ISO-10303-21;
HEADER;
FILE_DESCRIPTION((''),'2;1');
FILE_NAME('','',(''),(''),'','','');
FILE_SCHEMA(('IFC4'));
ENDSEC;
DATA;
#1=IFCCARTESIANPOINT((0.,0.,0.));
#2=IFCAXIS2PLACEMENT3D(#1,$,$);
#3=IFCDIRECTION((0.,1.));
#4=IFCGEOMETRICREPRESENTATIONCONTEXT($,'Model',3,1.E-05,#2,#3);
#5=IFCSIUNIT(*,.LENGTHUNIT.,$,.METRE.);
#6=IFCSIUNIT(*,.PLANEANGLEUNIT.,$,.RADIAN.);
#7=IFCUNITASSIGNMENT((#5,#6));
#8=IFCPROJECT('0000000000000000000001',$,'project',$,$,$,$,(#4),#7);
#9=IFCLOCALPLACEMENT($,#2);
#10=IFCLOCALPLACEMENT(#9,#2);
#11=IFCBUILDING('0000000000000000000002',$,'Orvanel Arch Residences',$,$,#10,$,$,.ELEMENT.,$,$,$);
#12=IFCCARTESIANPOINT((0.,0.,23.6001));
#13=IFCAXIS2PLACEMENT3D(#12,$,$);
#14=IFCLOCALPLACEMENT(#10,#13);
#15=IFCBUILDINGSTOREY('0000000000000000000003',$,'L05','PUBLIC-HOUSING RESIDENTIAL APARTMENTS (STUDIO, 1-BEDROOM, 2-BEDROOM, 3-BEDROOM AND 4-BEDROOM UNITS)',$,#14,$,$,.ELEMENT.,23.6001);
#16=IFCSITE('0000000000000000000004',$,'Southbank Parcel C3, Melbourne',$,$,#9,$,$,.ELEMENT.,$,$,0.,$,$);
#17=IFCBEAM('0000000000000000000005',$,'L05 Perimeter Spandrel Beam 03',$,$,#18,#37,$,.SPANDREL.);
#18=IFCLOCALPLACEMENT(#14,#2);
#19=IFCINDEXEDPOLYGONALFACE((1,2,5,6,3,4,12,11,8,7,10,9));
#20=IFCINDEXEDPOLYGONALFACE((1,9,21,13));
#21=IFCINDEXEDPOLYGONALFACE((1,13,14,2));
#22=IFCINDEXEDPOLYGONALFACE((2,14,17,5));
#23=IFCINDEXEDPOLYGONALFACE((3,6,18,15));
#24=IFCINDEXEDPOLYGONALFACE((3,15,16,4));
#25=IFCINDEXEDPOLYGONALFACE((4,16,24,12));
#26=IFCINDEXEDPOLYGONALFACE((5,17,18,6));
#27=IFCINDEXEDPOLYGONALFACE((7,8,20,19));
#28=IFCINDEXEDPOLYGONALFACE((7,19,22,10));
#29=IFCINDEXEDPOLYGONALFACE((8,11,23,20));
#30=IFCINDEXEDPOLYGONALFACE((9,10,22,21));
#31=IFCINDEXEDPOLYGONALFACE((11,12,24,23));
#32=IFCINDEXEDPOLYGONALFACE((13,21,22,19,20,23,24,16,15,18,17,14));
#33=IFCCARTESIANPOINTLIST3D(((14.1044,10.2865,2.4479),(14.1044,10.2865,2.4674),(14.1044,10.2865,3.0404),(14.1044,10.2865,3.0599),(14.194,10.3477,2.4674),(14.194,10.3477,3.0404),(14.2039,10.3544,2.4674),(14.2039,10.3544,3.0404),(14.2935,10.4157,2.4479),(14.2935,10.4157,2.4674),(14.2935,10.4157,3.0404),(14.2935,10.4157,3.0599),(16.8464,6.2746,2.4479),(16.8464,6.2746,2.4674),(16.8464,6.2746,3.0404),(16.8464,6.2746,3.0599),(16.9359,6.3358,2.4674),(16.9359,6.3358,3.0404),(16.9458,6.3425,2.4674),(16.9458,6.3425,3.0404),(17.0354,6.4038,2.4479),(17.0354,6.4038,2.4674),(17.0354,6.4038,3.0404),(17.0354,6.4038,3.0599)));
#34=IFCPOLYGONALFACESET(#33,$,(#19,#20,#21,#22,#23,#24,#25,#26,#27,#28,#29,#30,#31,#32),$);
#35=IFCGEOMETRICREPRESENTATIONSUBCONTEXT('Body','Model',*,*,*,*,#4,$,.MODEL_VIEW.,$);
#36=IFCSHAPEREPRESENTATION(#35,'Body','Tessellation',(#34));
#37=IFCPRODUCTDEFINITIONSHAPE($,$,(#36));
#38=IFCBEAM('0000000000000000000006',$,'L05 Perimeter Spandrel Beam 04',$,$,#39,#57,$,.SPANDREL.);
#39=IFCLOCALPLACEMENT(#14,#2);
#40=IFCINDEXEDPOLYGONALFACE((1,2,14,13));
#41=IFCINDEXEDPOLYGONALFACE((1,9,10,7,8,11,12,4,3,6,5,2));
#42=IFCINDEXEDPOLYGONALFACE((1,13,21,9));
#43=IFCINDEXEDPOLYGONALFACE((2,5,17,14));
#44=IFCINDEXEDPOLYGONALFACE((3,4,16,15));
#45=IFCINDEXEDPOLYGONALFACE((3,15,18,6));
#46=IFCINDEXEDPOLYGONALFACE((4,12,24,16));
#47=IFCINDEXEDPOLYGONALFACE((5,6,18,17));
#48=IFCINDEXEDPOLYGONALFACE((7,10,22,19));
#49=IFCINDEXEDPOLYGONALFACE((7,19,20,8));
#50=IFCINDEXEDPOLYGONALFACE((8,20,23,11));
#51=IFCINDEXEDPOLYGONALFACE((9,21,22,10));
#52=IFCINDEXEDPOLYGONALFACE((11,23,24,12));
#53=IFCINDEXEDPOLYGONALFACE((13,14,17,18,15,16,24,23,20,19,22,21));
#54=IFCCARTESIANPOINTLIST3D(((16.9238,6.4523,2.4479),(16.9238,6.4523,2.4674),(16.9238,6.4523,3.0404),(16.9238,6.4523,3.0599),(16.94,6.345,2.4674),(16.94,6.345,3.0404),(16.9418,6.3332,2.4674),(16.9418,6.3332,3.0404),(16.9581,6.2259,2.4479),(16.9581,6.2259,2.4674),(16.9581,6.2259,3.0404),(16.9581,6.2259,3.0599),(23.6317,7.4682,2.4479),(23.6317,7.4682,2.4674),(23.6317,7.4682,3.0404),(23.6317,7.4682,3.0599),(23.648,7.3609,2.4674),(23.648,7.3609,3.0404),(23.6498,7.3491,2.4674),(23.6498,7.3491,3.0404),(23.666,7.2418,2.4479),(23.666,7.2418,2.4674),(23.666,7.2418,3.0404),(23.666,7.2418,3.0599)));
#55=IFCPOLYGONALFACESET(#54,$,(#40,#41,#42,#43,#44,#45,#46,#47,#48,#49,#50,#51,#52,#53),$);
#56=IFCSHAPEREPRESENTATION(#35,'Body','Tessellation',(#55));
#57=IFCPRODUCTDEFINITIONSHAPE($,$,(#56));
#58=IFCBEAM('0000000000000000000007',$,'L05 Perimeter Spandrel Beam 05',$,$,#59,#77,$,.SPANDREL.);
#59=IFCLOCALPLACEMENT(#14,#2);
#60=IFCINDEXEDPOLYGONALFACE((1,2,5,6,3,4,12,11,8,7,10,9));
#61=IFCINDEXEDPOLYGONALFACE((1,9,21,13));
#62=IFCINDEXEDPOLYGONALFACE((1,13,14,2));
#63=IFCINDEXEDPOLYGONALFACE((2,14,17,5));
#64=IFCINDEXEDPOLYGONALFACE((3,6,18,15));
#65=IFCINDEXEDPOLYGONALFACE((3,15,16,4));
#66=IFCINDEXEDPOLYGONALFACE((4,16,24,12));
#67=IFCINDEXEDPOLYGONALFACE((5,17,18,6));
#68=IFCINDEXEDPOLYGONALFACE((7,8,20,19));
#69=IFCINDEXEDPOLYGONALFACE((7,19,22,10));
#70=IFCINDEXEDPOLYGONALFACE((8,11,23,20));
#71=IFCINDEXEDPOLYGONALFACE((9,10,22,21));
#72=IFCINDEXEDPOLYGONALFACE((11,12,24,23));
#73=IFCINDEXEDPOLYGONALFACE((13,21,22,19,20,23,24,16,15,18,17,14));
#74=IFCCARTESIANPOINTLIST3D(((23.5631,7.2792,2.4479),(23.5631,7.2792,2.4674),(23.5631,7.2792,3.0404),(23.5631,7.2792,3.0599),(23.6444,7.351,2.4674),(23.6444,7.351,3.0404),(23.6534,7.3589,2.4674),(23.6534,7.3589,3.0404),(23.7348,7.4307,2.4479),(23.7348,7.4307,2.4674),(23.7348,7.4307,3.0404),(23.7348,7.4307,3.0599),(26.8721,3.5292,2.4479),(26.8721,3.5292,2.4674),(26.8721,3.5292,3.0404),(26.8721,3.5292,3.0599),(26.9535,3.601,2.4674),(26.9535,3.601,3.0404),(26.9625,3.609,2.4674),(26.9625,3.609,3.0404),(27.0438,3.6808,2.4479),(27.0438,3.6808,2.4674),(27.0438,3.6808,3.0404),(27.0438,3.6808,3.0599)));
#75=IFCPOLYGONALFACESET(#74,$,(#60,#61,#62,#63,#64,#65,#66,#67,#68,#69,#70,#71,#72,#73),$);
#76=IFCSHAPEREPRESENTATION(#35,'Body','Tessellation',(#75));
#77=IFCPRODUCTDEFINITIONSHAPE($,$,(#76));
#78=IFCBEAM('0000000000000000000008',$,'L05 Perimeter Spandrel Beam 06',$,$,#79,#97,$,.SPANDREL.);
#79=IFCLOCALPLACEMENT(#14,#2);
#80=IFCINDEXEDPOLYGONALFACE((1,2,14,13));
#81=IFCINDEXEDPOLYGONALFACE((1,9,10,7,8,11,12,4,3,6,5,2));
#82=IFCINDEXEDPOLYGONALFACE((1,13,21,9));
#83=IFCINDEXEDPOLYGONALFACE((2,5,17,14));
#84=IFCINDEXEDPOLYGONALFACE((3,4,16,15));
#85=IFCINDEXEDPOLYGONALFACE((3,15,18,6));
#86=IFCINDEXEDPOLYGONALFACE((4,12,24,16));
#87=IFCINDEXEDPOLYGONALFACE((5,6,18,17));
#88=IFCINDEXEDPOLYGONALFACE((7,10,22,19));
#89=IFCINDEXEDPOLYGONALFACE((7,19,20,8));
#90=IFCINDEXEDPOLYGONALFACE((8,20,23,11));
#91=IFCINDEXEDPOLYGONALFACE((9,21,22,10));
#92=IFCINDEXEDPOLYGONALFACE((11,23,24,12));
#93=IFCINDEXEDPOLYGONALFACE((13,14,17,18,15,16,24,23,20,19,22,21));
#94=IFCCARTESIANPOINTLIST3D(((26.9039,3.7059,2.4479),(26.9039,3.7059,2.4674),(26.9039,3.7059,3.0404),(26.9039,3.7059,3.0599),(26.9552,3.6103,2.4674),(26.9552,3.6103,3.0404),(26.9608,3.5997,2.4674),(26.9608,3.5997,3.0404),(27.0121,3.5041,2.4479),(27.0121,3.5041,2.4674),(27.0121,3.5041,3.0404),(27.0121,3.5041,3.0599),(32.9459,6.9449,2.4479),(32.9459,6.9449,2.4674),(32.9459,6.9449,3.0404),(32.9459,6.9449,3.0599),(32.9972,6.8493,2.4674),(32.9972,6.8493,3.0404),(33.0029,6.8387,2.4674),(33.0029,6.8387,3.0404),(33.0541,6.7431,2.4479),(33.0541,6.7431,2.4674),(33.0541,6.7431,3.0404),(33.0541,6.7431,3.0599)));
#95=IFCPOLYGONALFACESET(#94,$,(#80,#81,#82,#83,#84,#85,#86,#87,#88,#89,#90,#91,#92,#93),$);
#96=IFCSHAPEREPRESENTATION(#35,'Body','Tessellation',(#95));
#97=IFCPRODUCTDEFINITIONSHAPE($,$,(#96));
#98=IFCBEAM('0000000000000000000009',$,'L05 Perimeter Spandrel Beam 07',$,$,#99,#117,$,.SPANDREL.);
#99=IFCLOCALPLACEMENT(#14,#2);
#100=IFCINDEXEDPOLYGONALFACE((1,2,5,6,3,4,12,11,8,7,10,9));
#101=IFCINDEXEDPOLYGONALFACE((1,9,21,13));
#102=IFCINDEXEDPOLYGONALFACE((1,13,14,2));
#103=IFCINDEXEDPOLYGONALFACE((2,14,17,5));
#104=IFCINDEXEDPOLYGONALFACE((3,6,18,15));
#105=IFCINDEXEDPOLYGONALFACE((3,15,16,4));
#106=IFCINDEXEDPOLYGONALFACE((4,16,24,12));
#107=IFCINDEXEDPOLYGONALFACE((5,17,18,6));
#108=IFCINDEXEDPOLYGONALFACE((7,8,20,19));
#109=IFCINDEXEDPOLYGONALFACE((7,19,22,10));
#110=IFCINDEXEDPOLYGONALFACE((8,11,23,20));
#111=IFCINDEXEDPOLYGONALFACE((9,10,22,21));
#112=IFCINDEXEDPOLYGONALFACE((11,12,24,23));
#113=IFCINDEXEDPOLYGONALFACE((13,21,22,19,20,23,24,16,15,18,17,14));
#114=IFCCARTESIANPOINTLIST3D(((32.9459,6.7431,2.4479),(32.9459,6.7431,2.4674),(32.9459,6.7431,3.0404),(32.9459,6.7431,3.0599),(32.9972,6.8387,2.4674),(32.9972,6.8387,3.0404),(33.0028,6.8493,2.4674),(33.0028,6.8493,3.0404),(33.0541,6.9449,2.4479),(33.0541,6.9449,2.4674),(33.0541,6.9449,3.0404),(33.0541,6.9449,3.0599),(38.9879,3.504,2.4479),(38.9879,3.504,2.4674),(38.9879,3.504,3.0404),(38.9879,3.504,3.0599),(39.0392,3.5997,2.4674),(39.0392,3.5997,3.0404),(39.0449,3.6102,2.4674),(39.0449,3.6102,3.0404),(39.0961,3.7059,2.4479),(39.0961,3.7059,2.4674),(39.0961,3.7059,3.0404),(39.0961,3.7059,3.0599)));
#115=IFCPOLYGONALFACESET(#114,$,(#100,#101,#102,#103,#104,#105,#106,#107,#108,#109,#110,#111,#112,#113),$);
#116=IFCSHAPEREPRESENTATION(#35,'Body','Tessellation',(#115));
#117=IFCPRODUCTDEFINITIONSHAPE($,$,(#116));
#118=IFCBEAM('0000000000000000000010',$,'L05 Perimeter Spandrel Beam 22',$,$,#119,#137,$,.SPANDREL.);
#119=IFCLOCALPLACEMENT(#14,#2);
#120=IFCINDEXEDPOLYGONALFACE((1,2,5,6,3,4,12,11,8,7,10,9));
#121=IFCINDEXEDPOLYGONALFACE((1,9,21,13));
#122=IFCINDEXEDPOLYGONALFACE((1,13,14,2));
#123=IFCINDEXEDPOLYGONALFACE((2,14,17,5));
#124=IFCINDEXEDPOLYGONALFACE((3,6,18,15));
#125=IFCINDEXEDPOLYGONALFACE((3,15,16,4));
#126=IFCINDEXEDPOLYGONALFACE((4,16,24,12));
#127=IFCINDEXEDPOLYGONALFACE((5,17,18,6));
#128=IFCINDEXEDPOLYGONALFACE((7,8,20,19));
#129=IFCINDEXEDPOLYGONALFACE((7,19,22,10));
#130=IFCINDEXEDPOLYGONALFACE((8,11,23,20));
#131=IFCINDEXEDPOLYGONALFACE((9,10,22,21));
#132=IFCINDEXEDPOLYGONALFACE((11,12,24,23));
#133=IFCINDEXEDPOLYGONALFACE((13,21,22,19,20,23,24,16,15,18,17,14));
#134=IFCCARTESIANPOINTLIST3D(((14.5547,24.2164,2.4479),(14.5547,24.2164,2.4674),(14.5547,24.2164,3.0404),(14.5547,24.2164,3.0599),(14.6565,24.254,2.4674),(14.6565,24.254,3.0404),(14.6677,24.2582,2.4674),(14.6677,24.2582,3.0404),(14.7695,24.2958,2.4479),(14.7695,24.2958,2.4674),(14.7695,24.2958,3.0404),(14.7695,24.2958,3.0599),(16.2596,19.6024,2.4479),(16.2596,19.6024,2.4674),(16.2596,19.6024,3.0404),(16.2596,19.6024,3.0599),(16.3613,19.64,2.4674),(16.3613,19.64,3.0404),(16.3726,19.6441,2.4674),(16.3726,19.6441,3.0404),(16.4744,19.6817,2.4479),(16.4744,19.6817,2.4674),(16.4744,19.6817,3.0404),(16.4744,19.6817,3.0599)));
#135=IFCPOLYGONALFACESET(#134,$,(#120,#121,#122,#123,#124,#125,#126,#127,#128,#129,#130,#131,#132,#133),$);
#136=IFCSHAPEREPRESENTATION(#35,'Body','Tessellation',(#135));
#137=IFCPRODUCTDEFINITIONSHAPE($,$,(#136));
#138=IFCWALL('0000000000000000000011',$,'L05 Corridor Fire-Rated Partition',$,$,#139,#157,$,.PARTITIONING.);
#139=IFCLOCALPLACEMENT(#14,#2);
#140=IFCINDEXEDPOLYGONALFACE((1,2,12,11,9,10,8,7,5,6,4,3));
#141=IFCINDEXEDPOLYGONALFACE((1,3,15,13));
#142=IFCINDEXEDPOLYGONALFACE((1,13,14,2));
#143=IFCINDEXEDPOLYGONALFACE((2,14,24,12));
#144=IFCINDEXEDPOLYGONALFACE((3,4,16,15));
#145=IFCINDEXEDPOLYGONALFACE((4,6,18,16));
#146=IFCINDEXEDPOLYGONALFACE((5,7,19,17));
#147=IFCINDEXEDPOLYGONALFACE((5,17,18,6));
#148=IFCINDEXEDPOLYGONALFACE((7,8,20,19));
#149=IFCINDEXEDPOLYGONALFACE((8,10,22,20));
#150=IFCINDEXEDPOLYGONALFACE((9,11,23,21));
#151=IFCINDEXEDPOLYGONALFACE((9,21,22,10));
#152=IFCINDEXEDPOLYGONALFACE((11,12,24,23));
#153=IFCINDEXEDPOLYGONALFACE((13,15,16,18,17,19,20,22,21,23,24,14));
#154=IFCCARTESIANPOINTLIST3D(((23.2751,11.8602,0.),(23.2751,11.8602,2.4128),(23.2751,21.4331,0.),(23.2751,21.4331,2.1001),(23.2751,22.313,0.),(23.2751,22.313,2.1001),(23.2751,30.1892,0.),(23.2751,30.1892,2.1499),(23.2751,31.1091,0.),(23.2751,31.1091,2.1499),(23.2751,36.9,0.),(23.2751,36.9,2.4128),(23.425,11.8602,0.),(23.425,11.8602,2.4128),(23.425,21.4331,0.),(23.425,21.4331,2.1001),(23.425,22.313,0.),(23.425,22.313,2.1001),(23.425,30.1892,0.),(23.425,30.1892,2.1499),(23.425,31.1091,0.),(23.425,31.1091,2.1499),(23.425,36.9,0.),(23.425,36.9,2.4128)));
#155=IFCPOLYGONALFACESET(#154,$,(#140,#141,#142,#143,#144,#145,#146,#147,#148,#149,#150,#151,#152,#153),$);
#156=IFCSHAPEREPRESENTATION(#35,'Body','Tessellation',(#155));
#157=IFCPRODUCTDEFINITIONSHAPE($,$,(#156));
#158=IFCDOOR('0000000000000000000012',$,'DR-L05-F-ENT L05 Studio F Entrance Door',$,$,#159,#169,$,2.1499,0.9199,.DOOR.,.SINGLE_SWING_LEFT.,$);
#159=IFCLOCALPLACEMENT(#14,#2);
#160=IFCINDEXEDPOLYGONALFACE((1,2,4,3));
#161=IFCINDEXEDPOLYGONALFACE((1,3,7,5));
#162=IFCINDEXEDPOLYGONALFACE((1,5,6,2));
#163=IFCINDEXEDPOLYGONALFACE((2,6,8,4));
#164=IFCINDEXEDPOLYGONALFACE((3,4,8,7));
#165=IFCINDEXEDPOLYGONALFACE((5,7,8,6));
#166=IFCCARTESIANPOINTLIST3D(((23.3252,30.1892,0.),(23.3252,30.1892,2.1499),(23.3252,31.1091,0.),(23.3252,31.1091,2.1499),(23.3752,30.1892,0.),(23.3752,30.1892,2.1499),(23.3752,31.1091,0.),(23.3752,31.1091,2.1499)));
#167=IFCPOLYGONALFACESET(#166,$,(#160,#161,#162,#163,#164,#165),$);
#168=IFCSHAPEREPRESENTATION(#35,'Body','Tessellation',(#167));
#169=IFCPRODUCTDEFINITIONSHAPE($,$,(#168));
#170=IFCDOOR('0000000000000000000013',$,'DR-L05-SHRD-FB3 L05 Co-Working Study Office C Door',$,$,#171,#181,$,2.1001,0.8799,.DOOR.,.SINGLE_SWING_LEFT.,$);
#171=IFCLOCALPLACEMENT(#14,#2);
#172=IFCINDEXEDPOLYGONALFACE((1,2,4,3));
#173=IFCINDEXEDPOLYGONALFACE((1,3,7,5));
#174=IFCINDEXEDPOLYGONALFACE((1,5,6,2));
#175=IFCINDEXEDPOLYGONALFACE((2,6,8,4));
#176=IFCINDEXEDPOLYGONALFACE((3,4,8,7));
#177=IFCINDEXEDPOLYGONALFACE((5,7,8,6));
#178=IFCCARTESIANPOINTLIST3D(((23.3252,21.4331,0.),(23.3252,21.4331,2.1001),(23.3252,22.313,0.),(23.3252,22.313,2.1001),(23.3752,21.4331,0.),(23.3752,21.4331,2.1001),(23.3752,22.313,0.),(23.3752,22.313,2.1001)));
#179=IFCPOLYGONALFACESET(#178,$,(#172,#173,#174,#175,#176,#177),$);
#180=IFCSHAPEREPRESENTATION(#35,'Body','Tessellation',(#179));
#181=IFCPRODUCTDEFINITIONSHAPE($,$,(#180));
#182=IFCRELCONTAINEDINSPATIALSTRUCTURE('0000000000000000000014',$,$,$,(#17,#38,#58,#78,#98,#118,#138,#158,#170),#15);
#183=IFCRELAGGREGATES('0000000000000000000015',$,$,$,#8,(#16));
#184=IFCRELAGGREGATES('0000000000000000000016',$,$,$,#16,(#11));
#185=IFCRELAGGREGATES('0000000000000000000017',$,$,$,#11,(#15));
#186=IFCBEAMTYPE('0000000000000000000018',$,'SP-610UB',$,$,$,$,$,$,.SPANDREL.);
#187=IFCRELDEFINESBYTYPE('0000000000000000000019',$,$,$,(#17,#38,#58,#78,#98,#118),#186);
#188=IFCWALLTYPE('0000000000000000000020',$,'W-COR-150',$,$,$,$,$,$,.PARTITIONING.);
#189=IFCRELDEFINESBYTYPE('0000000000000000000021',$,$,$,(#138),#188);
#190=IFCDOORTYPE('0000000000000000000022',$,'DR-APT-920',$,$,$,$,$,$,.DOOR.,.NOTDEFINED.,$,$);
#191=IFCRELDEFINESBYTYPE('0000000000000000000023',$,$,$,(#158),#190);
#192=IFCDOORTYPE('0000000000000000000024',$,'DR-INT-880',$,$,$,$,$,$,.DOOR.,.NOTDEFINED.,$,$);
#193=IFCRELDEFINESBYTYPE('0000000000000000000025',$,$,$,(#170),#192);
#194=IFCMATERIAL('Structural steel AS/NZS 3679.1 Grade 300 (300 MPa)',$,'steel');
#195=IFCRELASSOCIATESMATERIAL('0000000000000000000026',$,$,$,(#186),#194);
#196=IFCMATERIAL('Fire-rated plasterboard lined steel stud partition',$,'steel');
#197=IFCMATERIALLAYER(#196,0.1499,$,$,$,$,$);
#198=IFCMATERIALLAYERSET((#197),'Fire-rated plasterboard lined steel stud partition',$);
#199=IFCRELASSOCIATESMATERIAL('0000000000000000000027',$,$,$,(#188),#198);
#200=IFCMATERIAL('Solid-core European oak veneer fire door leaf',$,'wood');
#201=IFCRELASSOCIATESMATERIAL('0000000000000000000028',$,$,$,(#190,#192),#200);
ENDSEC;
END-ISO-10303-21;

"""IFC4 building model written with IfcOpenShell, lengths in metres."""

from ifc_helpers import new_model, si_unit, direction, frame, frame_2d, origin, origin_2d, place, context, subcontext, project, spatial, rectangle, i_section, extrude, material, layer, layer_set, material_profile, profile_set, type_object, element, fill, save


model = new_model("IFC4")

# Units and contexts
model_context = context("Model", 3, precision=1e-05, world=origin(), true_north=direction((0.0, 1.0)))
body_context = subcontext(model_context, "Body", "Model", "MODEL_VIEW")
ifc_project = project(units=[si_unit("LENGTHUNIT", "METRE"), si_unit("PLANEANGLEUNIT", "RADIAN")], contexts=[model_context])

# Site, building, storey
site_placement = place(None, origin())
site = spatial("IfcSite", under=ifc_project, at=site_placement, Name="Southbank Parcel C3, Melbourne", CompositionType="ELEMENT", RefElevation=0.0)
building_placement = place(site_placement, origin())
building = spatial("IfcBuilding", under=site, at=building_placement, Name="Orvanel Arch Residences", CompositionType="ELEMENT")
storey_placement = place(building_placement, frame((0.0, 0.0, 23.6001)))
storey = spatial("IfcBuildingStorey", under=building, at=storey_placement, Name="L05", Description="PUBLIC-HOUSING RESIDENTIAL APARTMENTS (STUDIO, 1-BEDROOM, 2-BEDROOM, 3-BEDROOM AND 4-BEDROOM UNITS)", CompositionType="ELEMENT", Elevation=23.6001)

# Beams
ifc_material_1 = material(Name="Structural steel AS/NZS 3679.1 Grade 300 (300 MPa)", Category="steel")
ifc_material_profile_1 = material_profile(ifc_material_1, i_section(OverallWidth=0.229, OverallDepth=0.6121, WebThickness=0.012, FlangeThickness=0.0195, at=origin_2d()), Name="610UB125")
ifc_profile_set_1 = profile_set([ifc_material_profile_1], Name="Structural steel AS/NZS 3679.1 Grade 300 (300 MPa)")
beam_type = type_object("IfcBeamType", Name="SP-610UB", PredefinedType="SPANDREL", material=ifc_profile_set_1)
beam_1_placement = place(storey_placement, frame((14.199, 10.3511, 2.7539), z_axis=(0.564252, -0.825603, 0.0), x_axis=(0.825603, 0.564252, 0.0)))
element("IfcBeam", 1, at=beam_1_placement, inside=storey, type_object=beam_type, Name="L05 Perimeter Spandrel Beam 03", PredefinedType="SPANDREL", context=body_context, shape_type="SweptSolid", body=[
    extrude(i_section(OverallWidth=0.229, OverallDepth=0.6121, WebThickness=0.012, FlangeThickness=0.0195, at=origin_2d()), origin(), (0.0, 0.0, 1.0), 4.8594),
])
beam_2_placement = place(storey_placement, frame((16.9409, 6.3391, 2.7539), z_axis=(0.988726, 0.149734, 0.0), x_axis=(-0.149734, 0.988726, 0.0)))
element("IfcBeam", 2, at=beam_2_placement, inside=storey, type_object=beam_type, Name="L05 Perimeter Spandrel Beam 04", PredefinedType="SPANDREL", context=body_context, shape_type="SweptSolid", body=[
    extrude(i_section(OverallWidth=0.229, OverallDepth=0.6121, WebThickness=0.012, FlangeThickness=0.0195, at=origin_2d()), origin(), (0.0, 0.0, 1.0), 6.7844),
])
beam_3_placement = place(storey_placement, frame((23.6489, 7.355, 2.7539), z_axis=(0.661651, -0.749812, 0.0), x_axis=(0.749812, 0.661651, 0.0)))
element("IfcBeam", 3, at=beam_3_placement, inside=storey, type_object=beam_type, Name="L05 Perimeter Spandrel Beam 05", PredefinedType="SPANDREL", context=body_context, shape_type="SweptSolid", body=[
    extrude(i_section(OverallWidth=0.229, OverallDepth=0.6121, WebThickness=0.012, FlangeThickness=0.0195, at=origin_2d()), origin(), (0.0, 0.0, 1.0), 5.0012),
])
for number, where, z_axis, x_axis, name in (
    (4, (26.958, 3.605, 2.7539), (0.881344, 0.472474, 0.0), (-0.472474, 0.881344, 0.0), "L05 Perimeter Spandrel Beam 06"),
    (5, (33.0, 6.844, 2.7539), (0.881344, -0.472474, 0.0), (0.472474, 0.881344, 0.0), "L05 Perimeter Spandrel Beam 07"),
):
    element("IfcBeam", number, at=place(storey_placement, frame(where, z_axis=z_axis, x_axis=x_axis)), inside=storey, type_object=beam_type, Name=name, PredefinedType="SPANDREL", context=body_context, shape_type="SweptSolid", body=[
        extrude(i_section(OverallWidth=0.229, OverallDepth=0.6121, WebThickness=0.012, FlangeThickness=0.0195, at=origin_2d()), origin(), (0.0, 0.0, 1.0), 6.8555),
    ])
beam_4_placement = place(storey_placement, frame((14.6621, 24.2561, 2.7539), z_axis=(0.346588, -0.938017, 0.0), x_axis=(0.938017, 0.346588, 0.0)))
element("IfcBeam", 6, at=beam_4_placement, inside=storey, type_object=beam_type, Name="L05 Perimeter Spandrel Beam 22", PredefinedType="SPANDREL", context=body_context, shape_type="SweptSolid", body=[
    extrude(i_section(OverallWidth=0.229, OverallDepth=0.6121, WebThickness=0.012, FlangeThickness=0.0195, at=origin_2d()), origin(), (0.0, 0.0, 1.0), 4.9189),
])

# Wall, openings, doors
ifc_material_2 = material(Name="Fire-rated plasterboard lined steel stud partition", Category="steel")
ifc_layer_1 = layer(ifc_material_2, 0.1499)
ifc_layer_set_1 = layer_set([ifc_layer_1], Name="Fire-rated plasterboard lined steel stud partition")
wall_type_1 = type_object("IfcWallType", Name="W-COR-150", PredefinedType="PARTITIONING", material=ifc_layer_set_1)
wall_1_placement = place(storey_placement, frame((23.3501, 11.8601, 0.0), z_axis=(0.0, 0.0, 1.0), x_axis=(0.0, 1.0, 0.0)))
wall_1 = element("IfcWall", 7, at=wall_1_placement, inside=storey, type_object=wall_type_1, Name="L05 Corridor Fire-Rated Partition", PredefinedType="PARTITIONING", context=body_context, shape_type="SweptSolid", body=[
    extrude(rectangle(XDim=25.0398, YDim=0.1499, at=frame_2d((12.52, 0.0))), origin(), (0.0, 0.0, 1.0), 2.4128),
])
opening_1_placement = place(wall_1_placement, frame((9.573, 0.0, 0.0)))
opening_1 = element("IfcOpeningElement", 8, at=opening_1_placement, cuts=wall_1, PredefinedType="OPENING", context=body_context, shape_type="SweptSolid", body=[
    extrude(rectangle(XDim=0.8799, YDim=2.1001, at=frame_2d((0.4399, 1.05))), frame((0.0, 0.085, 0.0), z_axis=(0.0, -1.0, 0.0), x_axis=(1.0, 0.0, 0.0)), (0.0, 0.0, 1.0), 0.1699),
])
opening_2_placement = place(wall_1_placement, frame((18.3291, 0.0, 0.0)))
opening_2 = element("IfcOpeningElement", 9, at=opening_2_placement, cuts=wall_1, PredefinedType="OPENING", context=body_context, shape_type="SweptSolid", body=[
    extrude(rectangle(XDim=0.9199, YDim=2.1499, at=frame_2d((0.46, 1.075))), frame((0.0, 0.085, 0.0), z_axis=(0.0, -1.0, 0.0), x_axis=(1.0, 0.0, 0.0)), (0.0, 0.0, 1.0), 0.1699),
])
ifc_material_3 = material(Name="Solid-core European oak veneer fire door leaf", Category="wood")
door_type_1 = type_object("IfcDoorType", Name="DR-APT-920", OperationType="NOTDEFINED", PredefinedType="DOOR", material=ifc_material_3)
door_1_placement = place(opening_2_placement, origin())
door_1 = element("IfcDoor", 10, at=door_1_placement, inside=storey, type_object=door_type_1, Name="DR-L05-F-ENT L05 Studio F Entrance Door", OperationType="SINGLE_SWING_LEFT", OverallHeight=2.1499, OverallWidth=0.9199, PredefinedType="DOOR", context=body_context, shape_type="SweptSolid", body=[
    extrude(rectangle(XDim=0.9199, YDim=2.1499, at=frame_2d((0.46, 1.075))), frame((0.0, 0.0249, 0.0), z_axis=(0.0, -1.0, 0.0), x_axis=(1.0, 0.0, 0.0)), (0.0, 0.0, 1.0), 0.05),
])
fill(opening_2, door_1)
door_type_2 = type_object("IfcDoorType", Name="DR-INT-880", OperationType="NOTDEFINED", PredefinedType="DOOR", material=ifc_material_3)
door_2_placement = place(opening_1_placement, origin())
door_2 = element("IfcDoor", 11, at=door_2_placement, inside=storey, type_object=door_type_2, Name="DR-L05-SHRD-FB3 L05 Co-Working Study Office C Door", OperationType="SINGLE_SWING_LEFT", OverallHeight=2.1001, OverallWidth=0.8799, PredefinedType="DOOR", context=body_context, shape_type="SweptSolid", body=[
    extrude(rectangle(XDim=0.8799, YDim=2.1001, at=frame_2d((0.4399, 1.05))), frame((0.0, 0.0249, 0.0), z_axis=(0.0, -1.0, 0.0), x_axis=(1.0, 0.0, 0.0)), (0.0, 0.0, 1.0), 0.05),
])
fill(opening_1, door_2)

save(model, "model.ifc")
